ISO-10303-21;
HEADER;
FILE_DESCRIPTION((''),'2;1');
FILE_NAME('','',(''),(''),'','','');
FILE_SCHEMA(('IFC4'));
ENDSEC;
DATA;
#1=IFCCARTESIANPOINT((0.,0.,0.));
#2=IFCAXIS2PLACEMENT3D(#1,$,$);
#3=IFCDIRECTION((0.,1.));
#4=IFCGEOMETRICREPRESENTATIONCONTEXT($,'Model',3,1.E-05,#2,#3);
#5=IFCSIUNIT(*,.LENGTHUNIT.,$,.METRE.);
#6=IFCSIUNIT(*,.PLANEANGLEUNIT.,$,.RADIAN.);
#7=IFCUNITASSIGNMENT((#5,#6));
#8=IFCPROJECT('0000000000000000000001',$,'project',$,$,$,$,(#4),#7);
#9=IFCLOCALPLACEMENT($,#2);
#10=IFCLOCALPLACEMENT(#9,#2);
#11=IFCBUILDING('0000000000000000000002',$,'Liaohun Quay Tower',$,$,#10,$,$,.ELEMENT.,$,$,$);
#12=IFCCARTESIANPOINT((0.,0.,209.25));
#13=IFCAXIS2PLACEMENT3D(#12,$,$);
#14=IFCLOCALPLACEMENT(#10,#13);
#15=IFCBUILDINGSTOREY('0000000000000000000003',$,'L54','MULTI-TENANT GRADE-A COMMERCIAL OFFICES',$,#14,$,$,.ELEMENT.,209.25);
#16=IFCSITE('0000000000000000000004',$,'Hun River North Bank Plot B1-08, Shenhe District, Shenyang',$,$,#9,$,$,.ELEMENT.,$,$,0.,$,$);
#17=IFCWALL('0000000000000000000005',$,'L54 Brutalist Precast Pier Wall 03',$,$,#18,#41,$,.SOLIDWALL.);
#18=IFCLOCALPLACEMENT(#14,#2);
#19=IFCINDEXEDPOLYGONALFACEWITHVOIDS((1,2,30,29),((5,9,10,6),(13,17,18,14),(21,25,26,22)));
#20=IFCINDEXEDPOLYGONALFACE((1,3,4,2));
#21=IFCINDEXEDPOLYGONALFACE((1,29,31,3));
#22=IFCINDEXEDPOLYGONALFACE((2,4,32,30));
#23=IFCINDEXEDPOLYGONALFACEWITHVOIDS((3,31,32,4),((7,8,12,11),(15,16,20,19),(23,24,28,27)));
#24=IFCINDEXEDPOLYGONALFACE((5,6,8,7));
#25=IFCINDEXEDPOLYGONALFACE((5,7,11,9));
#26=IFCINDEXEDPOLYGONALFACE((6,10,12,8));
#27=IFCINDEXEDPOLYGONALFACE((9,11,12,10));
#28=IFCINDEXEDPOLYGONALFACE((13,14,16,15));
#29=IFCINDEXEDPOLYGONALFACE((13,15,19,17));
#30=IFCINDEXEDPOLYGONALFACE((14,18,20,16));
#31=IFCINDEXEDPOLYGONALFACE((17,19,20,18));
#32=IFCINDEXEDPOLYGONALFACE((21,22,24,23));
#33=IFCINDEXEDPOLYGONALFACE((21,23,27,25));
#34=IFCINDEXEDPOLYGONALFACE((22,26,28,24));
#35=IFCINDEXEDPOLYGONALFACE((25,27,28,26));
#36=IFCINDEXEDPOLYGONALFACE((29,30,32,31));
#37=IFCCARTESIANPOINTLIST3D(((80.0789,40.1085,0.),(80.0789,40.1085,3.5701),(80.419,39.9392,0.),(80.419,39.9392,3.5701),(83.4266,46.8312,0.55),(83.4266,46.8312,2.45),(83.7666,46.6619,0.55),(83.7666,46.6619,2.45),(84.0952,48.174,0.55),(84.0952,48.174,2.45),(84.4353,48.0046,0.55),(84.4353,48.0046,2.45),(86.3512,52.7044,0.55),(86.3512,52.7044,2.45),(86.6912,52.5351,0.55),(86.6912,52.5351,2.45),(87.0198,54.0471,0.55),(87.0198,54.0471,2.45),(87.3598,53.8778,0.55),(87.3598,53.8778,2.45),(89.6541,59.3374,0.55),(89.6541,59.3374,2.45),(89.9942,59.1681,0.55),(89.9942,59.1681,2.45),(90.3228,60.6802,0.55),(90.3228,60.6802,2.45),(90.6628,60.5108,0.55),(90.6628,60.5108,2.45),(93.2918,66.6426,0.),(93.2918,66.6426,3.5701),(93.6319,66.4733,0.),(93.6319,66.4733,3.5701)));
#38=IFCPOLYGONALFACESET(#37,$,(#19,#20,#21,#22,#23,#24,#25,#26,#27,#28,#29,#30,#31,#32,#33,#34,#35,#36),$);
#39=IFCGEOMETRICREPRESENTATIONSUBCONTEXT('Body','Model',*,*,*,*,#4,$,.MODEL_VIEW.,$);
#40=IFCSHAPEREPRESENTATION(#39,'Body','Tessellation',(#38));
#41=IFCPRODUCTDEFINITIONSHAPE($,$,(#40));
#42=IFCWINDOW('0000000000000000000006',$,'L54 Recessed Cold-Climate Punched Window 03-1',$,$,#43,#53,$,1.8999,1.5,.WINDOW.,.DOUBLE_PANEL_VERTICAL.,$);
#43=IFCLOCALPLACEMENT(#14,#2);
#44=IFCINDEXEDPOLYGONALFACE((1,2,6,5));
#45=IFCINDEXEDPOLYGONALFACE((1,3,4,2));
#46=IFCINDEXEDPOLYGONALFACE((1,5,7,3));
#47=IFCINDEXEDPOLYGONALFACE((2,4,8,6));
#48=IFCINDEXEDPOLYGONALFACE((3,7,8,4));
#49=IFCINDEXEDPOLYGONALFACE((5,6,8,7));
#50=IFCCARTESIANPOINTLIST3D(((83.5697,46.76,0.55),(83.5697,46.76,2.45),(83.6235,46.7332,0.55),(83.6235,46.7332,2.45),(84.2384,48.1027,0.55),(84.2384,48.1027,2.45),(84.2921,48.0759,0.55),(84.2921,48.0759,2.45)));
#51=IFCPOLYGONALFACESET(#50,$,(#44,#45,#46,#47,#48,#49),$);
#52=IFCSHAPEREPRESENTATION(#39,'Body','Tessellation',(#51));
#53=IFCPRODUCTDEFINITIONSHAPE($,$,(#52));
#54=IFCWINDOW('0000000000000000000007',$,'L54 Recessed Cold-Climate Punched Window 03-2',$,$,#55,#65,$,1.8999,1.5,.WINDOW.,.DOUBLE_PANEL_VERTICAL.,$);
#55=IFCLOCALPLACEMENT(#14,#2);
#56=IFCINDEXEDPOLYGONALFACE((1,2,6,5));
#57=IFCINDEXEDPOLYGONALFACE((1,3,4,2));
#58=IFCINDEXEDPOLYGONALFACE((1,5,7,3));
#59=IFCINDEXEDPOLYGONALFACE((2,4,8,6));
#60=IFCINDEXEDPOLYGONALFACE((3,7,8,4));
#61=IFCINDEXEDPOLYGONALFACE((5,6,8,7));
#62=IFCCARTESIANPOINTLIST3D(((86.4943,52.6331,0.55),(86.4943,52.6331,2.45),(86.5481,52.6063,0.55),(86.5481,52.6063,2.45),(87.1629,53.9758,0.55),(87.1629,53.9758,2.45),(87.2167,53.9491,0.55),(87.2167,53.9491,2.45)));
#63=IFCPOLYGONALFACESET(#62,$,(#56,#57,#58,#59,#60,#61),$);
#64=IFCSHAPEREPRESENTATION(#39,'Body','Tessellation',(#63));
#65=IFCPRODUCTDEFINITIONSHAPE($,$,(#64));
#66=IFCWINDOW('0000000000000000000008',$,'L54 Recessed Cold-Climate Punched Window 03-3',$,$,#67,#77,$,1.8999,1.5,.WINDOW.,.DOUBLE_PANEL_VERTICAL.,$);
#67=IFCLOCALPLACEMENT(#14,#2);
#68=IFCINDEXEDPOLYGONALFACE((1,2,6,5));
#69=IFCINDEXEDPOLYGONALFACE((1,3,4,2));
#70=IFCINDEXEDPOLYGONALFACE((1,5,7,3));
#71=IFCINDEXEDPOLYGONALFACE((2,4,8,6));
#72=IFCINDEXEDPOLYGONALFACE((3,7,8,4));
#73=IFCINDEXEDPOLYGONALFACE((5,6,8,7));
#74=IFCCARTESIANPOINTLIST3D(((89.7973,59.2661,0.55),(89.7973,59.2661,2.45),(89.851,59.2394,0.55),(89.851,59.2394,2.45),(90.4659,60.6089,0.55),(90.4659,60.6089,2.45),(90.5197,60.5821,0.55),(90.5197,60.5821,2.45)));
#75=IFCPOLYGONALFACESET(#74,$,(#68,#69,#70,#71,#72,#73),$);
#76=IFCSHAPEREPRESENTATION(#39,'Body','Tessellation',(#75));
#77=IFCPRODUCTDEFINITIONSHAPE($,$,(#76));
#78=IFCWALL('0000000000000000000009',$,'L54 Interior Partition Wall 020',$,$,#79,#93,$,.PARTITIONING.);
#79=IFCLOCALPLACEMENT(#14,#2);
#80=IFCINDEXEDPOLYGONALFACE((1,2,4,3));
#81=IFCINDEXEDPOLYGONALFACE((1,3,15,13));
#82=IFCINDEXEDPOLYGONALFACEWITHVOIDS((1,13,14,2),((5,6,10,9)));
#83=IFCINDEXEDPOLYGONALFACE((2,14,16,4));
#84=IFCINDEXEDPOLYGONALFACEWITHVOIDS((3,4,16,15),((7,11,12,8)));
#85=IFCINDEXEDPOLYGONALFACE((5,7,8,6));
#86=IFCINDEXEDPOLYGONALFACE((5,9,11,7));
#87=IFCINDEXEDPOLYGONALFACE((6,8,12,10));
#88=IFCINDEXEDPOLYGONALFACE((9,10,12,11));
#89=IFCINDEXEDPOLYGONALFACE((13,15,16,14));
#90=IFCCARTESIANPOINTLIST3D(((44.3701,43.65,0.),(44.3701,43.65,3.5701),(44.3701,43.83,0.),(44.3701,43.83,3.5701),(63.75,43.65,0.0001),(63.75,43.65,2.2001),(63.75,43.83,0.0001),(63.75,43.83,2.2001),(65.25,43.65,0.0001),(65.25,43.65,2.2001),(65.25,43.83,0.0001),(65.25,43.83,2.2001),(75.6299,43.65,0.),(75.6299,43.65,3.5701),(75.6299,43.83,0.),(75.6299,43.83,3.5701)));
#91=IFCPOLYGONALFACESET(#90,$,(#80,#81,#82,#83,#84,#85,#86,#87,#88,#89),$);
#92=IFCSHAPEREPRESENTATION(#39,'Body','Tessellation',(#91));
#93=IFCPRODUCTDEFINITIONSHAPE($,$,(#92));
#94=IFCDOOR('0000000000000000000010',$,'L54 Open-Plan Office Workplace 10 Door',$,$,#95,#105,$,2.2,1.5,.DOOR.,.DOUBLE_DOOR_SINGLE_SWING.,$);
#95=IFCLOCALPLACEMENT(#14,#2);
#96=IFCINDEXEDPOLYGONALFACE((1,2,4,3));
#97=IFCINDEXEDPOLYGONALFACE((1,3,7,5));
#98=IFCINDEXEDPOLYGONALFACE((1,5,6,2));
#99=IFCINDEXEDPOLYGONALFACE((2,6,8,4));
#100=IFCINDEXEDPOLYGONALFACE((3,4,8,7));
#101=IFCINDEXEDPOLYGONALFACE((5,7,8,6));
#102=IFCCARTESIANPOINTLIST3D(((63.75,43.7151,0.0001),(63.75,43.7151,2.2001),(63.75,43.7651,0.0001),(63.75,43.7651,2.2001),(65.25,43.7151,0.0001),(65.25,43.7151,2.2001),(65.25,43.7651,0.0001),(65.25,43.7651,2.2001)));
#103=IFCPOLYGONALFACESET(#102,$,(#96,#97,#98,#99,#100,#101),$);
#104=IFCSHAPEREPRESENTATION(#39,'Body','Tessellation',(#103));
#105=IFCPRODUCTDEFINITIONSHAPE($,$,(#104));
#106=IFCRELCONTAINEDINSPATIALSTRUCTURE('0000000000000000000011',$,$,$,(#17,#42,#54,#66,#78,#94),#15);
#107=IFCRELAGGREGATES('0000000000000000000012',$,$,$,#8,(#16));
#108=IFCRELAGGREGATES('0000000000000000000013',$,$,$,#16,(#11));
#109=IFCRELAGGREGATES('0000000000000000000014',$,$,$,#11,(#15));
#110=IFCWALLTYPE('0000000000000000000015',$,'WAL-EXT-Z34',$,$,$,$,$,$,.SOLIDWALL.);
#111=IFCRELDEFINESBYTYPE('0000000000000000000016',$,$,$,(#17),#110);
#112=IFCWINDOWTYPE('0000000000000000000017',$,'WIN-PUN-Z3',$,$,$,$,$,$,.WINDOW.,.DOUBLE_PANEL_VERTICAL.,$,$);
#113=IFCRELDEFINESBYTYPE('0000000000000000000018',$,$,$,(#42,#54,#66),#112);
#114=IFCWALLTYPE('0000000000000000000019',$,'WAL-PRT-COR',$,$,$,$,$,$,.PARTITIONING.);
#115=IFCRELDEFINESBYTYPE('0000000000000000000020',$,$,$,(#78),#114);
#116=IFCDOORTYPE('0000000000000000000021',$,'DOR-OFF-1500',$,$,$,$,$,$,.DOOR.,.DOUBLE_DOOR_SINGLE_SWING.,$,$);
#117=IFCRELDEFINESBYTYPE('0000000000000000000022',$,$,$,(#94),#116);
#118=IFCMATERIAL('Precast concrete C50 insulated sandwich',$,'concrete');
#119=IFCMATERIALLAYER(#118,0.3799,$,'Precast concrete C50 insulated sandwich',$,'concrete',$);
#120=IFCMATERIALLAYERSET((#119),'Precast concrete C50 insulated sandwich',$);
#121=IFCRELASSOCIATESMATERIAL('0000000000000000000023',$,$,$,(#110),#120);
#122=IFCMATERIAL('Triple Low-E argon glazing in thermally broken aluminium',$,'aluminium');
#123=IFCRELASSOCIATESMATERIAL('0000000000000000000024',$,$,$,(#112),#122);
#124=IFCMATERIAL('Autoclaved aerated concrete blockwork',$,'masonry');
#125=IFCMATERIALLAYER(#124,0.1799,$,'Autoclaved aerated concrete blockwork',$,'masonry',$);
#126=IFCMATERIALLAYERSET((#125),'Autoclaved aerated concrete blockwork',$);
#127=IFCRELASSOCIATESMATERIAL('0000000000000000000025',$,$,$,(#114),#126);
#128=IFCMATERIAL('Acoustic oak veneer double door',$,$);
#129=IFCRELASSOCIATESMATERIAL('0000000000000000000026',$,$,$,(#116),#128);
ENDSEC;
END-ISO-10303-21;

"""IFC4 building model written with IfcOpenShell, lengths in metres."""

from ifc_helpers import new_model, si_unit, direction, frame, frame_2d, origin, place, context, subcontext, project, spatial, rectangle, extrude, source, transform, mapped, material, layer, layer_set, type_object, element, fill, save


model = new_model("IFC4")

# Units and contexts
model_context = context("Model", 3, precision=1e-05, world=origin(), true_north=direction((0.0, 1.0)))
body_context = subcontext(model_context, "Body", "Model", "MODEL_VIEW")
ifc_project = project(units=[si_unit("LENGTHUNIT", "METRE"), si_unit("PLANEANGLEUNIT", "RADIAN")], contexts=[model_context])

# Site, building, storey
site_placement = place(None, origin())
site = spatial("IfcSite", under=ifc_project, at=site_placement, Name="Hun River North Bank Plot B1-08, Shenhe District, Shenyang", CompositionType="ELEMENT", RefElevation=0.0)
building_placement = place(site_placement, origin())
building = spatial("IfcBuilding", under=site, at=building_placement, Name="Liaohun Quay Tower", CompositionType="ELEMENT")
storey_placement = place(building_placement, frame((0.0, 0.0, 209.25)))
storey = spatial("IfcBuildingStorey", under=building, at=storey_placement, Name="L54", Description="MULTI-TENANT GRADE-A COMMERCIAL OFFICES", CompositionType="ELEMENT", Elevation=209.25)

# Shared definitions
ifc_material_1 = material(Name="Precast concrete C50 insulated sandwich", Category="concrete")
ifc_layer_1 = layer(ifc_material_1, 0.3799, Name="Precast concrete C50 insulated sandwich", Category="concrete")
ifc_layer_set_1 = layer_set([ifc_layer_1], Name="Precast concrete C50 insulated sandwich")
wall_type_1 = type_object("IfcWallType", Name="WAL-EXT-Z34", PredefinedType="SOLIDWALL", material=ifc_layer_set_1)

# Wall, openings, windows
shared_shape_1 = source(origin(), body_context, "Body", "SweptSolid", [
    extrude(rectangle(XDim=1.5, YDim=1.8999, at=frame_2d((0.75, 0.95))), frame((0.0, 0.2, 0.0), z_axis=(0.0, -1.0, 0.0), x_axis=(1.0, 0.0, 0.0)), (0.0, 0.0, 1.0), 0.3999),
])
ifc_material_2 = material(Name="Triple Low-E argon glazing in thermally broken aluminium", Category="aluminium")
window_type_1 = type_object("IfcWindowType", Name="WIN-PUN-Z3", PartitioningType="DOUBLE_PANEL_VERTICAL", PredefinedType="WINDOW", material=ifc_material_2)
shared_shape_2 = source(origin(), body_context, "Body", "SweptSolid", [
    extrude(rectangle(XDim=1.5, YDim=1.8999, at=frame_2d((0.75, 0.95))), frame((0.0, 0.03, 0.0), z_axis=(0.0, -1.0, 0.0), x_axis=(1.0, 0.0, 0.0)), (0.0, 0.0, 1.0), 0.0601),
])
wall_1_placement = place(storey_placement, frame((80.249, 40.0239, 0.0), z_axis=(0.0, 0.0, 1.0), x_axis=(0.44575, 0.895157, 0.0)))
wall_1 = element("IfcWall", 1, at=wall_1_placement, inside=storey, type_object=wall_type_1, Name="L54 Brutalist Precast Pier Wall 03", PredefinedType="SOLIDWALL", context=body_context, shape_type="SweptSolid", body=[
    extrude(rectangle(XDim=29.6418, YDim=0.3799, at=frame_2d((14.8208, 0.0))), origin(), (0.0, 0.0, 1.0), 3.5701),
])
opening_1_placement = place(wall_1_placement, frame((7.51, 0.0, 0.55)))
opening_1 = element("IfcOpeningElement", 2, at=opening_1_placement, cuts=wall_1, PredefinedType="OPENING", context=body_context, shape_type="MappedRepresentation", body=[
    mapped(shared_shape_1, transform((0.0, 0.0, 0.0), x_axis=(1.0, 0.0, 0.0), y_axis=(0.0, 1.0, 0.0), z_axis=(0.0, 0.0, 1.0), scale=1.0)),
])
opening_2_placement = place(wall_1_placement, frame((14.071, 0.0, 0.55)))
opening_2 = element("IfcOpeningElement", 3, at=opening_2_placement, cuts=wall_1, PredefinedType="OPENING", context=body_context, shape_type="MappedRepresentation", body=[
    mapped(shared_shape_1, transform((0.0, 0.0, 0.0), x_axis=(1.0, 0.0, 0.0), y_axis=(0.0, 1.0, 0.0), z_axis=(0.0, 0.0, 1.0), scale=1.0)),
])
opening_3_placement = place(wall_1_placement, frame((21.481, 0.0, 0.55)))
opening_3 = element("IfcOpeningElement", 4, at=opening_3_placement, cuts=wall_1, PredefinedType="OPENING", context=body_context, shape_type="MappedRepresentation", body=[
    mapped(shared_shape_1, transform((0.0, 0.0, 0.0), x_axis=(1.0, 0.0, 0.0), y_axis=(0.0, 1.0, 0.0), z_axis=(0.0, 0.0, 1.0), scale=1.0)),
])
window_1_placement = place(opening_1_placement, origin())
window_1 = element("IfcWindow", 5, at=window_1_placement, inside=storey, type_object=window_type_1, Name="L54 Recessed Cold-Climate Punched Window 03-1", OverallHeight=1.8999, OverallWidth=1.5, PartitioningType="DOUBLE_PANEL_VERTICAL", PredefinedType="WINDOW", context=body_context, shape_type="MappedRepresentation", body=[
    mapped(shared_shape_2, transform((0.0, 0.0, 0.0), x_axis=(1.0, 0.0, 0.0), y_axis=(0.0, 1.0, 0.0), z_axis=(0.0, 0.0, 1.0), scale=1.0)),
])
fill(opening_1, window_1)
window_2_placement = place(opening_2_placement, origin())
window_2 = element("IfcWindow", 6, at=window_2_placement, inside=storey, type_object=window_type_1, Name="L54 Recessed Cold-Climate Punched Window 03-2", OverallHeight=1.8999, OverallWidth=1.5, PartitioningType="DOUBLE_PANEL_VERTICAL", PredefinedType="WINDOW", context=body_context, shape_type="MappedRepresentation", body=[
    mapped(shared_shape_2, transform((0.0, 0.0, 0.0), x_axis=(1.0, 0.0, 0.0), y_axis=(0.0, 1.0, 0.0), z_axis=(0.0, 0.0, 1.0), scale=1.0)),
])
fill(opening_2, window_2)
window_3_placement = place(opening_3_placement, origin())
window_3 = element("IfcWindow", 7, at=window_3_placement, inside=storey, type_object=window_type_1, Name="L54 Recessed Cold-Climate Punched Window 03-3", OverallHeight=1.8999, OverallWidth=1.5, PartitioningType="DOUBLE_PANEL_VERTICAL", PredefinedType="WINDOW", context=body_context, shape_type="MappedRepresentation", body=[
    mapped(shared_shape_2, transform((0.0, 0.0, 0.0), x_axis=(1.0, 0.0, 0.0), y_axis=(0.0, 1.0, 0.0), z_axis=(0.0, 0.0, 1.0), scale=1.0)),
])
fill(opening_3, window_3)

# Wall, opening, door
ifc_material_3 = material(Name="Autoclaved aerated concrete blockwork", Category="masonry")
ifc_layer_2 = layer(ifc_material_3, 0.1799, Name="Autoclaved aerated concrete blockwork", Category="masonry")
ifc_layer_set_2 = layer_set([ifc_layer_2], Name="Autoclaved aerated concrete blockwork")
wall_type_2 = type_object("IfcWallType", Name="WAL-PRT-COR", PredefinedType="PARTITIONING", material=ifc_layer_set_2)
wall_2_placement = place(storey_placement, frame((75.6299, 43.74, 0.0), z_axis=(0.0, 0.0, 1.0), x_axis=(-1.0, 0.0, 0.0)))
wall_2 = element("IfcWall", 8, at=wall_2_placement, inside=storey, type_object=wall_type_2, Name="L54 Interior Partition Wall 020", PredefinedType="PARTITIONING", context=body_context, shape_type="SweptSolid", body=[
    extrude(rectangle(XDim=31.2598, YDim=0.1799, at=frame_2d((15.6299, 0.0))), origin(), (0.0, 0.0, 1.0), 3.5701),
])
shared_shape_3 = source(origin(), body_context, "Body", "SweptSolid", [
    extrude(rectangle(XDim=1.5, YDim=2.2, at=frame_2d((0.75, 1.1001))), frame((0.0, 0.0999, 0.0), z_axis=(0.0, -1.0, 0.0), x_axis=(1.0, 0.0, 0.0)), (0.0, 0.0, 1.0), 0.2),
])
opening_4_placement = place(wall_2_placement, frame((10.3799, 0.0, 0.0)))
opening_4 = element("IfcOpeningElement", 9, at=opening_4_placement, cuts=wall_2, PredefinedType="OPENING", context=body_context, shape_type="MappedRepresentation", body=[
    mapped(shared_shape_3, transform((0.0, 0.0, 0.0), x_axis=(1.0, 0.0, 0.0), y_axis=(0.0, 1.0, 0.0), z_axis=(0.0, 0.0, 1.0), scale=1.0)),
])
ifc_material_4 = material(Name="Acoustic oak veneer double door")
door_type = type_object("IfcDoorType", Name="DOR-OFF-1500", OperationType="DOUBLE_DOOR_SINGLE_SWING", PredefinedType="DOOR", material=ifc_material_4)
shared_shape_4 = source(origin(), body_context, "Body", "SweptSolid", [
    extrude(rectangle(XDim=1.5, YDim=2.2, at=frame_2d((0.75, 1.1001))), frame((0.0, 0.0249, 0.0), z_axis=(0.0, -1.0, 0.0), x_axis=(1.0, 0.0, 0.0)), (0.0, 0.0, 1.0), 0.05),
])
door_placement = place(opening_4_placement, origin())
door = element("IfcDoor", 10, at=door_placement, inside=storey, type_object=door_type, Name="L54 Open-Plan Office Workplace 10 Door", OperationType="DOUBLE_DOOR_SINGLE_SWING", OverallHeight=2.2, OverallWidth=1.5, PredefinedType="DOOR", context=body_context, shape_type="MappedRepresentation", body=[
    mapped(shared_shape_4, transform((0.0, 0.0, 0.0), x_axis=(1.0, 0.0, 0.0), y_axis=(0.0, 1.0, 0.0), z_axis=(0.0, 0.0, 1.0), scale=1.0)),
])
fill(opening_4, door)

save(model, "model.ifc")
